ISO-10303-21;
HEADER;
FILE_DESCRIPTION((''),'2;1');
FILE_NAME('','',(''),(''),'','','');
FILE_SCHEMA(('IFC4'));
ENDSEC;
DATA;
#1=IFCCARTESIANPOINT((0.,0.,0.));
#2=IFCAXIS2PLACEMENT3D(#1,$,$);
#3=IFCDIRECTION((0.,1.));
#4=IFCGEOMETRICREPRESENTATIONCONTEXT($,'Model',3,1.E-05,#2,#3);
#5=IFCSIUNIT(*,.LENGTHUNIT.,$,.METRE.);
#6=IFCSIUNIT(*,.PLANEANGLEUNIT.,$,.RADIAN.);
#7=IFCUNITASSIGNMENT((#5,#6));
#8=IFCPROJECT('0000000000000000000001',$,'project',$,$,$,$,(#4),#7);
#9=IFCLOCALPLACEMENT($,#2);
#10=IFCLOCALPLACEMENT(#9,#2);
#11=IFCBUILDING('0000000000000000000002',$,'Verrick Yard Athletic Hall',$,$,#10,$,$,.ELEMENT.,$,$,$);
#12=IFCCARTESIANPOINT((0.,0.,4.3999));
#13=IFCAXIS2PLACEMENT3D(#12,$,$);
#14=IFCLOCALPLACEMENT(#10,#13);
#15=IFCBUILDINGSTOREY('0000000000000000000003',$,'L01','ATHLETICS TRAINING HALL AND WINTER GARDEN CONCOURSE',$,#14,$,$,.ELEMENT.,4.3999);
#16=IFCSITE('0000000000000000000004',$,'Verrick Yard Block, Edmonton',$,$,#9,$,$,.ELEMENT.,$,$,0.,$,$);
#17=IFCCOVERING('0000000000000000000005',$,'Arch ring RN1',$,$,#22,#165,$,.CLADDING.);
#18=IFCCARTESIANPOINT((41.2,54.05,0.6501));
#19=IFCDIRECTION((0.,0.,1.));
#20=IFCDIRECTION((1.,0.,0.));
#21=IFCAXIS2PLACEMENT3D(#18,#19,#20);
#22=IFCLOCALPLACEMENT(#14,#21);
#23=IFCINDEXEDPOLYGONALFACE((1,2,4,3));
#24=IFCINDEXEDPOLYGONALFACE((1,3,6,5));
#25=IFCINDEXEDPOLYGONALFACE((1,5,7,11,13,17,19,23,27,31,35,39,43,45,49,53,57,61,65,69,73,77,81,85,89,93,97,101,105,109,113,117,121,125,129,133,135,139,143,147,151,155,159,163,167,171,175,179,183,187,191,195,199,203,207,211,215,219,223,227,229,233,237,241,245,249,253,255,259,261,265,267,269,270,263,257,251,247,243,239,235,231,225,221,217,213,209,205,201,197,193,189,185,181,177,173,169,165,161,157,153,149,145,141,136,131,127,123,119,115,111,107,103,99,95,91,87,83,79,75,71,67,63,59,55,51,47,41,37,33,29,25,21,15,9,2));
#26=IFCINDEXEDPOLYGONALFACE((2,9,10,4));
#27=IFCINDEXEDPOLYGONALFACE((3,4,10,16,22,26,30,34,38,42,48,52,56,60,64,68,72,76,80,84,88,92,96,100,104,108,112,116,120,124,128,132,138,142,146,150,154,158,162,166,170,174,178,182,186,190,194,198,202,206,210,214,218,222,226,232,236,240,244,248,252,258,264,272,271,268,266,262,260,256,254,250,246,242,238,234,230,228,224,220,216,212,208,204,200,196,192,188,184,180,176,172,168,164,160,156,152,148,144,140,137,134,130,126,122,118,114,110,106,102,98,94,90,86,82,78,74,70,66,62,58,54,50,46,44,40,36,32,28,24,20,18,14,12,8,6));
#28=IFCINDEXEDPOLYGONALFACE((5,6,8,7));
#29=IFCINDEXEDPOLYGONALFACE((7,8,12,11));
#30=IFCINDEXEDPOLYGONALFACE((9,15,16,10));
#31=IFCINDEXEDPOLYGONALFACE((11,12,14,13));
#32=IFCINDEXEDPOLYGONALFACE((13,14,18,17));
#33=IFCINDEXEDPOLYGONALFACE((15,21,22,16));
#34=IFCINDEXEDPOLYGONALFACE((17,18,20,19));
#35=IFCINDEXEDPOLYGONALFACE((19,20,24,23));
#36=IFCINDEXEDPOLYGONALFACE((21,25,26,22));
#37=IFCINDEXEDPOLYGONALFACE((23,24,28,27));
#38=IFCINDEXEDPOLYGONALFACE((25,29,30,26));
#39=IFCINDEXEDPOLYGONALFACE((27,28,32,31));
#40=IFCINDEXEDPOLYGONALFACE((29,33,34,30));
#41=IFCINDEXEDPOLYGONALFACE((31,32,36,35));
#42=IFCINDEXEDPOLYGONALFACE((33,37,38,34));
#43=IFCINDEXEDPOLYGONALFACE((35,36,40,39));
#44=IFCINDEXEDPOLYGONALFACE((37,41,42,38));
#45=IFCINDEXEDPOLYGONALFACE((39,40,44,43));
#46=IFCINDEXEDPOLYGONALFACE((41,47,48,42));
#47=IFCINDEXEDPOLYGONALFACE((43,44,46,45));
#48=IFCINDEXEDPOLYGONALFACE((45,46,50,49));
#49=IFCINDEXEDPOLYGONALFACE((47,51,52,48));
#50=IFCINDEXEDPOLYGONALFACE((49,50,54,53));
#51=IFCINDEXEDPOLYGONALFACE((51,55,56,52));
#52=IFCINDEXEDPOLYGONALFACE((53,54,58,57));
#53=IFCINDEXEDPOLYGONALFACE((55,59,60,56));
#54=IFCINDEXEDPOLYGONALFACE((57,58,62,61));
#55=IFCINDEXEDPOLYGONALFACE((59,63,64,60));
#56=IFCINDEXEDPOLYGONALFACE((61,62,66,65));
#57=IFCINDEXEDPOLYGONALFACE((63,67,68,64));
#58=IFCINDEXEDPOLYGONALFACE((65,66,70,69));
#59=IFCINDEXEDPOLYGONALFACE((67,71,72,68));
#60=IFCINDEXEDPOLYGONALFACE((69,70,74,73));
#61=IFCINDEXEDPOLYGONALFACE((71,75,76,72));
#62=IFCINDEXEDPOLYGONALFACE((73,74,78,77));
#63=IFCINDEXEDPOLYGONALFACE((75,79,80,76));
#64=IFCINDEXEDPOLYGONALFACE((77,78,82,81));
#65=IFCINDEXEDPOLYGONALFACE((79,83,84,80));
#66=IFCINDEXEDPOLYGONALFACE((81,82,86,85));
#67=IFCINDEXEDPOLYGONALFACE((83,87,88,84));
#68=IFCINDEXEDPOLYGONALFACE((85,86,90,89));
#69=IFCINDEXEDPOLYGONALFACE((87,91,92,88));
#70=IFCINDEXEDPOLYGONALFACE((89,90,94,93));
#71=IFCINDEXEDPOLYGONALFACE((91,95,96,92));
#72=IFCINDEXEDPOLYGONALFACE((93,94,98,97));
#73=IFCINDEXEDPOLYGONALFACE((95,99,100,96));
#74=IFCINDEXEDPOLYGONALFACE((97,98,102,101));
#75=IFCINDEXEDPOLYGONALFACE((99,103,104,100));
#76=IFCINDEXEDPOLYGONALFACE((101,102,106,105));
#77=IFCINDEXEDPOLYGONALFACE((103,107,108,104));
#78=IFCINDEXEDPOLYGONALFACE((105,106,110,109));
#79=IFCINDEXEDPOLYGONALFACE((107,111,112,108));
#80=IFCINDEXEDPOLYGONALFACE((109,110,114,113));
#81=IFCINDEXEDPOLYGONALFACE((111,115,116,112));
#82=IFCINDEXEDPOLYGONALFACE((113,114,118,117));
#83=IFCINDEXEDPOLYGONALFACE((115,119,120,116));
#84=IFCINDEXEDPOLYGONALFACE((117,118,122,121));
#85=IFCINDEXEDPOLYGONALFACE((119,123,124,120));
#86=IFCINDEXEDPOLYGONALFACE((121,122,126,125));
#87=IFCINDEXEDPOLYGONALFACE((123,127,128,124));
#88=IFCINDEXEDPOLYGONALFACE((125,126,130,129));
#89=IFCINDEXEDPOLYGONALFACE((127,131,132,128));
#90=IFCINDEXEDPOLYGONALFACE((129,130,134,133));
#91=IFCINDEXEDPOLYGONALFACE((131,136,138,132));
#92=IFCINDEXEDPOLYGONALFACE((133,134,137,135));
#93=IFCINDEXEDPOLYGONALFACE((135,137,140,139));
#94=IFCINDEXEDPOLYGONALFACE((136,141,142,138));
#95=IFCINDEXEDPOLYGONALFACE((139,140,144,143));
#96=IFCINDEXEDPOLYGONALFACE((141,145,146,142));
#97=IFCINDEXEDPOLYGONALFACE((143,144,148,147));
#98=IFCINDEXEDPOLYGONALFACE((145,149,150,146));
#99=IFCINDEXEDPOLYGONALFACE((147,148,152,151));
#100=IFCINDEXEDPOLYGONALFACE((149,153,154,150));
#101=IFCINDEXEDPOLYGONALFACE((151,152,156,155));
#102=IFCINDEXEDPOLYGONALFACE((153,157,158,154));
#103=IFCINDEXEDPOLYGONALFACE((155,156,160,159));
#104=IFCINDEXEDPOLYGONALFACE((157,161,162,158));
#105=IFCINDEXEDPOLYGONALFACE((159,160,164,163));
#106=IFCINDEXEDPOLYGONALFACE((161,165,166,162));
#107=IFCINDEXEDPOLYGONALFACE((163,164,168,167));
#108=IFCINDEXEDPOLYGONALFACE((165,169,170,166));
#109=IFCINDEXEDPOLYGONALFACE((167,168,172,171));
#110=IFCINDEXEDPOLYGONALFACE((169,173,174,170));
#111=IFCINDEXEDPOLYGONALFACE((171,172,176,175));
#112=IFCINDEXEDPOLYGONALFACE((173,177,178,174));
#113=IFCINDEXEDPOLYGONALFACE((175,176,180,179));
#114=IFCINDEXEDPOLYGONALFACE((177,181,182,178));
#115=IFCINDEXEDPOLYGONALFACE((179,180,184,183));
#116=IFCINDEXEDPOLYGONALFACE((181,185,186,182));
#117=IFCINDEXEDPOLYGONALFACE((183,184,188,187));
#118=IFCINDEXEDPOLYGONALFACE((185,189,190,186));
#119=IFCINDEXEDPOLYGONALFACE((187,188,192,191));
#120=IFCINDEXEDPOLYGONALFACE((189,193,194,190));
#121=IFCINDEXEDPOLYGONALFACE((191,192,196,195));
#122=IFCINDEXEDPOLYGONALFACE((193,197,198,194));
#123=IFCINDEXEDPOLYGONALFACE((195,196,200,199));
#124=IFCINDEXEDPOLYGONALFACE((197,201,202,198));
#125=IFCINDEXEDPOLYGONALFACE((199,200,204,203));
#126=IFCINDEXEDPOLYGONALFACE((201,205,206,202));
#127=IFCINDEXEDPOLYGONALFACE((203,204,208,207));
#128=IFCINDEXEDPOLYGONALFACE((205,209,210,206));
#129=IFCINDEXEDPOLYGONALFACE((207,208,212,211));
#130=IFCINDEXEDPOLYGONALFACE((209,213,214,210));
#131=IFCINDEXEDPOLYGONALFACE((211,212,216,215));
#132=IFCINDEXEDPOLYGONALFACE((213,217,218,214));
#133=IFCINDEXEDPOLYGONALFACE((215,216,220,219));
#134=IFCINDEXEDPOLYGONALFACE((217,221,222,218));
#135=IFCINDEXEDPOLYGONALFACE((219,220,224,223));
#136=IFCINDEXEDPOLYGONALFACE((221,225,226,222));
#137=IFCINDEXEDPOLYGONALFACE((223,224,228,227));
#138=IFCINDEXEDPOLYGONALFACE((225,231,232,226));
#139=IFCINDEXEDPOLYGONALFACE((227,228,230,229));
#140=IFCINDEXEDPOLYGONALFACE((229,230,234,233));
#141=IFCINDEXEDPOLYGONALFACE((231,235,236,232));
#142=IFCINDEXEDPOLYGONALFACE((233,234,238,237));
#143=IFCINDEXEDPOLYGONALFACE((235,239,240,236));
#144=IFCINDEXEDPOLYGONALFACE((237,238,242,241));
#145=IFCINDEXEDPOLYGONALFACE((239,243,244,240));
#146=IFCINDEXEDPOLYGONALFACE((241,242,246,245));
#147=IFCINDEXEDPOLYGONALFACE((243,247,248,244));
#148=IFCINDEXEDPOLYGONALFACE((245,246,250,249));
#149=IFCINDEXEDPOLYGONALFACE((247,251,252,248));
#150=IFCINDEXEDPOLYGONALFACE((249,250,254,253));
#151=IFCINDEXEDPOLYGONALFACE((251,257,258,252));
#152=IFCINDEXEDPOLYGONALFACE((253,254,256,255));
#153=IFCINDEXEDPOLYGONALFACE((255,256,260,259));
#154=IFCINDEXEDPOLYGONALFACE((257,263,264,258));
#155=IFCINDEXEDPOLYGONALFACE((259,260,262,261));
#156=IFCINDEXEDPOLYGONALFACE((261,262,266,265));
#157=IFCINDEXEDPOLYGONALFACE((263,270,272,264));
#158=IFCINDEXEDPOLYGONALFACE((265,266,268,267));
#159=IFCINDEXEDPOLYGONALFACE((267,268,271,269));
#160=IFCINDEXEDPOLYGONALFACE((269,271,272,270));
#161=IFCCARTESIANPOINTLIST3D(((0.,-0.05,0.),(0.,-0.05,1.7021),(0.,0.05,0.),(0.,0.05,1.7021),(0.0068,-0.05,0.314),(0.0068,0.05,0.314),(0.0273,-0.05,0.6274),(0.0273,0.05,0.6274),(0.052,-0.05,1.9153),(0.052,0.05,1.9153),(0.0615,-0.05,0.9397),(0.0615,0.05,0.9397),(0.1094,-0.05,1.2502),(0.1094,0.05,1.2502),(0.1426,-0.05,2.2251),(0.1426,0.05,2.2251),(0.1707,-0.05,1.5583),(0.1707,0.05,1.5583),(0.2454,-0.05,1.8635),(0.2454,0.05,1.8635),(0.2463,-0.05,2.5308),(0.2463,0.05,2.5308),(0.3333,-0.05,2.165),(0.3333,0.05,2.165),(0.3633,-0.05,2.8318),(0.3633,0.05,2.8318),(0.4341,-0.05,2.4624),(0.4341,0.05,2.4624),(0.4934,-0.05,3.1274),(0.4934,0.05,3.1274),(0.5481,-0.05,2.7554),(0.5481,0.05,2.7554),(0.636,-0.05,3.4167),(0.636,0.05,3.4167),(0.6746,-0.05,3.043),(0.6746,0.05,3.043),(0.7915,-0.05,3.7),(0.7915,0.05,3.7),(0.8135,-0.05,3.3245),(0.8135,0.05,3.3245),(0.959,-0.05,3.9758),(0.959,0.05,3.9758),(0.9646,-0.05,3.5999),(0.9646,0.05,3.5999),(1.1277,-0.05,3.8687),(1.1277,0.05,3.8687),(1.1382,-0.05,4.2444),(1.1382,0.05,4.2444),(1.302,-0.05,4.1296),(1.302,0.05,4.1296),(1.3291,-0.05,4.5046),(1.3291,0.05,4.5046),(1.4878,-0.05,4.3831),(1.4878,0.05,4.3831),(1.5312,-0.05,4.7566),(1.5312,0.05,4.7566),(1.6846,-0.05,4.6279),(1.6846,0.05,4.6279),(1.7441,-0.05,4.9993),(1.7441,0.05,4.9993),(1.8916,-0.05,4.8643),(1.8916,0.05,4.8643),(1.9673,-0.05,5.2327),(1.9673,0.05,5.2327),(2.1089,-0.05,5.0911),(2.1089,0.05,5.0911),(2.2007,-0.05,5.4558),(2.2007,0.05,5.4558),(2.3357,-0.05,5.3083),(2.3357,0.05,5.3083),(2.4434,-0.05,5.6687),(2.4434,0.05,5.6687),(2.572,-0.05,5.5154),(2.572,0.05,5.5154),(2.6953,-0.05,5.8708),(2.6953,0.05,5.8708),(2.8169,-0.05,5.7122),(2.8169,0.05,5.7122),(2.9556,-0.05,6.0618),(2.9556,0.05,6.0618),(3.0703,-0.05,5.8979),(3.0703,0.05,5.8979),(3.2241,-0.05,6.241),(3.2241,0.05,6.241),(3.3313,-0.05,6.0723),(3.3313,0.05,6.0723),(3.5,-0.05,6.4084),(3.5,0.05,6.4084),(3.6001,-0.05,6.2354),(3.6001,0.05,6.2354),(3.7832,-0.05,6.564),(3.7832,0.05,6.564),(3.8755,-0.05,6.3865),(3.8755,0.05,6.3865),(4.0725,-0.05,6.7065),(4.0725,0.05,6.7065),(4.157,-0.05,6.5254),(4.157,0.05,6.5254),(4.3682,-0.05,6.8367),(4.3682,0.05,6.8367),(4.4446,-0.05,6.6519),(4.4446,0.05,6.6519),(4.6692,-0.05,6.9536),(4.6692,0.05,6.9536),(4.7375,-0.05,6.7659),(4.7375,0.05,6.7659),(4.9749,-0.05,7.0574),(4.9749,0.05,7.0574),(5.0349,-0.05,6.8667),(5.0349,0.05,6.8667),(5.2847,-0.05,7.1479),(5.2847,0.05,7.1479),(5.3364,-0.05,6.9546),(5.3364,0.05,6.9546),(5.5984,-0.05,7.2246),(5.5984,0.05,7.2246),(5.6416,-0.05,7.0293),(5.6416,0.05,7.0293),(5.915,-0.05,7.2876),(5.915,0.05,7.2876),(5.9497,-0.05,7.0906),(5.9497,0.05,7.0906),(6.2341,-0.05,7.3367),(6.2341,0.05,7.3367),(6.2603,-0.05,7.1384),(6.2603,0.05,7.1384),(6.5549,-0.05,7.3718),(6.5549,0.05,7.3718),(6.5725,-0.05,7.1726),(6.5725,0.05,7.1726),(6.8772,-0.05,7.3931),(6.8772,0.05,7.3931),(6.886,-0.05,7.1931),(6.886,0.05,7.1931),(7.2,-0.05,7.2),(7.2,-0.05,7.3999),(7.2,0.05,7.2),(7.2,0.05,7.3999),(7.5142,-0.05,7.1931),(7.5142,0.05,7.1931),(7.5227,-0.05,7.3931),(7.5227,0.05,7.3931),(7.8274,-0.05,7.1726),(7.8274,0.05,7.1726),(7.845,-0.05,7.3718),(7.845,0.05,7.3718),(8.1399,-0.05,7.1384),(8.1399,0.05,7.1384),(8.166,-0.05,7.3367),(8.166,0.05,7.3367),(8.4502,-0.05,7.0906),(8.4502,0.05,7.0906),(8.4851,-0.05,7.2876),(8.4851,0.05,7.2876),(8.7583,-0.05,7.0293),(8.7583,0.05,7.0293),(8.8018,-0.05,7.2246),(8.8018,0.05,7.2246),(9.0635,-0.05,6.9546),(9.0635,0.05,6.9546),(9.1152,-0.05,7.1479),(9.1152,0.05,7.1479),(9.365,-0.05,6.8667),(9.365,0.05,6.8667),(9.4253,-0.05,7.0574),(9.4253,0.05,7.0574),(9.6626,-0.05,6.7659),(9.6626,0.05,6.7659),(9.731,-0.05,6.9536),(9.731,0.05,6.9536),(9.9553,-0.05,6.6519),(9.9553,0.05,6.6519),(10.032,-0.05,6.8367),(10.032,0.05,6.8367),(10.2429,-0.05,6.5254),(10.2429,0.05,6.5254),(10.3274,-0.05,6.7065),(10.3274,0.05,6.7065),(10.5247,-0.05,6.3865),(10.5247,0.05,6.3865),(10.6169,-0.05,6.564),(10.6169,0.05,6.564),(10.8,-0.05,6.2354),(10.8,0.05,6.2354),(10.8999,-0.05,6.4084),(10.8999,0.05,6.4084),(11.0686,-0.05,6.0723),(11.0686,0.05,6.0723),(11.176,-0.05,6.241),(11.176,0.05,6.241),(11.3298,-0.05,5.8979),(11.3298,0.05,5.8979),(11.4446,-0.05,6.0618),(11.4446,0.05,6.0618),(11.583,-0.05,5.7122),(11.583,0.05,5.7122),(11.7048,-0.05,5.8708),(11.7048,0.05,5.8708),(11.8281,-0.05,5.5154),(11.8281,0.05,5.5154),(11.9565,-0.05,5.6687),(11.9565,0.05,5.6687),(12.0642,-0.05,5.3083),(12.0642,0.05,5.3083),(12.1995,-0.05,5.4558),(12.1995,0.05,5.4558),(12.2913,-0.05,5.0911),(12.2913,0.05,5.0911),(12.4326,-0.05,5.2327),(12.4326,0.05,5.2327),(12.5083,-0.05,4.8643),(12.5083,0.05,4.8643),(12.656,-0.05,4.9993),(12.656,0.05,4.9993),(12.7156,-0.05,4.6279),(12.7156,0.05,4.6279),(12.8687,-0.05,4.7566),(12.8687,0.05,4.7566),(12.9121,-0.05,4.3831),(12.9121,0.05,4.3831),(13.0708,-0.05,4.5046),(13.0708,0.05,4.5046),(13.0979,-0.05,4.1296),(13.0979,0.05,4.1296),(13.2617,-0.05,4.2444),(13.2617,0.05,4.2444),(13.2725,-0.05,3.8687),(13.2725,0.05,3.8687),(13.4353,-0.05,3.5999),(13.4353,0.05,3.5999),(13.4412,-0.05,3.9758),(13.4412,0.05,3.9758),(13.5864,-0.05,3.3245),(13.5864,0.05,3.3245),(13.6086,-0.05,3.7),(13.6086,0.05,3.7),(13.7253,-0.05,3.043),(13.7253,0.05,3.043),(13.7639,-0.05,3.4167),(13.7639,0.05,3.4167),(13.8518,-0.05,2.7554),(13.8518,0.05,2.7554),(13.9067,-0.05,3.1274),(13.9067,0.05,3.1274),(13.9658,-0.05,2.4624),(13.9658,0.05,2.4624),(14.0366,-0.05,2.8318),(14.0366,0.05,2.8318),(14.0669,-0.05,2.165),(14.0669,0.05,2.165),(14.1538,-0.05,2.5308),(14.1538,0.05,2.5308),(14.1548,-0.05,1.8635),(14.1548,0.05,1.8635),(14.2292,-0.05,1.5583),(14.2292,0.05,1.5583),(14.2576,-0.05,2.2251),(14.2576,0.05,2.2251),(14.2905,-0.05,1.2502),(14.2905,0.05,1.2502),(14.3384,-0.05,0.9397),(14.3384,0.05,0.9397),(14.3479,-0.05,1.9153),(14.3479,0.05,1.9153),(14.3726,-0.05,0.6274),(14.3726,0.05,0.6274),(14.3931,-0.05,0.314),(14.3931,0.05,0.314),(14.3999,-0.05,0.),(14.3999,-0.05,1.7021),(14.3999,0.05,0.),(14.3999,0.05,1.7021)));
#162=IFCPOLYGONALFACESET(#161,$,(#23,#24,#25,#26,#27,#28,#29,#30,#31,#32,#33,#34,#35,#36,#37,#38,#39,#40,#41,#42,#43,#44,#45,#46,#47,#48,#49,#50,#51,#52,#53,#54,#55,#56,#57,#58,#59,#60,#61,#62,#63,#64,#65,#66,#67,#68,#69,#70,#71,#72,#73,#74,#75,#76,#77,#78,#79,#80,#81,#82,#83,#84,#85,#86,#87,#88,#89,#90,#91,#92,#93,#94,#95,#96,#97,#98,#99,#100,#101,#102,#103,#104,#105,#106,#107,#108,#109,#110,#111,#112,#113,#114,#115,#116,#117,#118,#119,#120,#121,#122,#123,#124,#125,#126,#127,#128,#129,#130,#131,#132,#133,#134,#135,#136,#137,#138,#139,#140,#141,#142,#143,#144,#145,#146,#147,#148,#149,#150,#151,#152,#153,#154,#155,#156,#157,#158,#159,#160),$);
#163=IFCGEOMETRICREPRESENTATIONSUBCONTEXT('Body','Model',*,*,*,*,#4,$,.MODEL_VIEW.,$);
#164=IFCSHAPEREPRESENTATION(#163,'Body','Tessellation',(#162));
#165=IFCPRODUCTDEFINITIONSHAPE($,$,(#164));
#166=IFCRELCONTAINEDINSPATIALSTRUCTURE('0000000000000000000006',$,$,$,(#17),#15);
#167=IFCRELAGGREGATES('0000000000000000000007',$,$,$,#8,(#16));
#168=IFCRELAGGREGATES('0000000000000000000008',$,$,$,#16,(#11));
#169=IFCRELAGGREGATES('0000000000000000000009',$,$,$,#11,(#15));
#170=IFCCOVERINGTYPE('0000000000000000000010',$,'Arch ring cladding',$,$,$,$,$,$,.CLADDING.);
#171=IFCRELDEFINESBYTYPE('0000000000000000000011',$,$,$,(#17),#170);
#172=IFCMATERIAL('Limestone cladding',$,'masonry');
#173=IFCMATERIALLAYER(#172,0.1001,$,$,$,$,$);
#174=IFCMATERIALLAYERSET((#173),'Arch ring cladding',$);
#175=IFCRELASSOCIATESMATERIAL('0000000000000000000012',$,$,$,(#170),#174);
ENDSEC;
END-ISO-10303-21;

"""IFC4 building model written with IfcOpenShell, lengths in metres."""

from ifc_helpers import new_model, si_unit, direction, frame, origin, place, context, subcontext, project, spatial, polyline, outline, extrude, material, layer, layer_set, type_object, element, save


model = new_model("IFC4")

# Units and contexts
model_context = context("Model", 3, precision=1e-05, world=origin(), true_north=direction((0.0, 1.0)))
body_context = subcontext(model_context, "Body", "Model", "MODEL_VIEW")
ifc_project = project(units=[si_unit("LENGTHUNIT", "METRE"), si_unit("PLANEANGLEUNIT", "RADIAN")], contexts=[model_context])

# Site, building, storey
site_placement = place(None, origin())
site = spatial("IfcSite", under=ifc_project, at=site_placement, Name="Verrick Yard Block, Edmonton", CompositionType="ELEMENT", RefElevation=0.0)
building_placement = place(site_placement, origin())
building = spatial("IfcBuilding", under=site, at=building_placement, Name="Verrick Yard Athletic Hall", CompositionType="ELEMENT")
storey_placement = place(building_placement, frame((0.0, 0.0, 4.3999)))
storey = spatial("IfcBuildingStorey", under=building, at=storey_placement, Name="L01", Description="ATHLETICS TRAINING HALL AND WINTER GARDEN CONCOURSE", CompositionType="ELEMENT", Elevation=4.3999)

# Covering
ifc_material_1 = material(Name="Limestone cladding", Category="masonry")
ifc_layer_1 = layer(ifc_material_1, 0.1001)
ifc_layer_set_1 = layer_set([ifc_layer_1], Name="Arch ring cladding")
covering_type_1 = type_object("IfcCoveringType", Name="Arch ring cladding", PredefinedType="CLADDING", material=ifc_layer_set_1)
covering_1_placement = place(storey_placement, frame((41.2, 54.05, 0.6501), z_axis=(0.0, 0.0, 1.0), x_axis=(1.0, 0.0, 0.0)))
element("IfcCovering", 1, at=covering_1_placement, inside=storey, type_object=covering_type_1, Name="Arch ring RN1", PredefinedType="CLADDING", context=body_context, shape_type="SweptSolid", body=[
    extrude(outline(polyline([(0.0, 1.7021), (0.0, 0.0), (0.0068, 0.314), (0.0273, 0.6274), (0.0615, 0.9397), (0.1094, 1.2502), (0.1707, 1.5583), (0.2454, 1.8635), (0.3333, 2.165), (0.4341, 2.4624), (0.5481, 2.7554), (0.6746, 3.043), (0.8135, 3.3245), (0.9646, 3.5999), (1.1277, 3.8687), (1.302, 4.1296), (1.4878, 4.3831), (1.6846, 4.6279), (1.8916, 4.8643), (2.1089, 5.0911), (2.3357, 5.3083), (2.572, 5.5154), (2.8169, 5.7122), (3.0703, 5.8979), (3.3313, 6.0723), (3.6001, 6.2354), (3.8755, 6.3865), (4.157, 6.5254), (4.4446, 6.6519), (4.7375, 6.7659), (5.0349, 6.8667), (5.3364, 6.9546), (5.6416, 7.0293), (5.9497, 7.0906), (6.2603, 7.1384), (6.5725, 7.1726), (6.886, 7.1931), (7.2, 7.2), (7.5142, 7.1931), (7.8274, 7.1726), (8.1399, 7.1384), (8.4502, 7.0906), (8.7583, 7.0293), (9.0635, 6.9546), (9.365, 6.8667), (9.6626, 6.7659), (9.9553, 6.6519), (10.2429, 6.5254), (10.5247, 6.3865), (10.8, 6.2354), (11.0686, 6.0723), (11.3298, 5.8979), (11.583, 5.7122), (11.8281, 5.5154), (12.0642, 5.3083), (12.2913, 5.0911), (12.5083, 4.8643), (12.7156, 4.6279), (12.9121, 4.3831), (13.0979, 4.1296), (13.2725, 3.8687), (13.4353, 3.5999), (13.5864, 3.3245), (13.7253, 3.043), (13.8518, 2.7554), (13.9658, 2.4624), (14.0669, 2.165), (14.1548, 1.8635), (14.2292, 1.5583), (14.2905, 1.2502), (14.3384, 0.9397), (14.3726, 0.6274), (14.3931, 0.314), (14.3999, 0.0), (14.3999, 1.7021), (14.3479, 1.9153), (14.2576, 2.2251), (14.1538, 2.5308), (14.0366, 2.8318), (13.9067, 3.1274), (13.7639, 3.4167), (13.6086, 3.7), (13.4412, 3.9758), (13.2617, 4.2444), (13.0708, 4.5046), (12.8687, 4.7566), (12.656, 4.9993), (12.4326, 5.2327), (12.1995, 5.4558), (11.9565, 5.6687), (11.7048, 5.8708), (11.4446, 6.0618), (11.176, 6.241), (10.8999, 6.4084), (10.6169, 6.564), (10.3274, 6.7065), (10.032, 6.8367), (9.731, 6.9536), (9.4253, 7.0574), (9.1152, 7.1479), (8.8018, 7.2246), (8.4851, 7.2876), (8.166, 7.3367), (7.845, 7.3718), (7.5227, 7.3931), (7.2, 7.3999), (6.8772, 7.3931), (6.5549, 7.3718), (6.2341, 7.3367), (5.915, 7.2876), (5.5984, 7.2246), (5.2847, 7.1479), (4.9749, 7.0574), (4.6692, 6.9536), (4.3682, 6.8367), (4.0725, 6.7065), (3.7832, 6.564), (3.5, 6.4084), (3.2241, 6.241), (2.9556, 6.0618), (2.6953, 5.8708), (2.4434, 5.6687), (2.2007, 5.4558), (1.9673, 5.2327), (1.7441, 4.9993), (1.5312, 4.7566), (1.3291, 4.5046), (1.1382, 4.2444), (0.959, 3.9758), (0.7915, 3.7), (0.636, 3.4167), (0.4934, 3.1274), (0.3633, 2.8318), (0.2463, 2.5308), (0.1426, 2.2251), (0.052, 1.9153), (0.0, 1.7021)])), frame((0.0, 0.05, 0.0), z_axis=(0.0, -1.0, 0.0), x_axis=(1.0, 0.0, 0.0)), (0.0, 0.0, 1.0), 0.1001),
])

save(model, "model.ifc")
